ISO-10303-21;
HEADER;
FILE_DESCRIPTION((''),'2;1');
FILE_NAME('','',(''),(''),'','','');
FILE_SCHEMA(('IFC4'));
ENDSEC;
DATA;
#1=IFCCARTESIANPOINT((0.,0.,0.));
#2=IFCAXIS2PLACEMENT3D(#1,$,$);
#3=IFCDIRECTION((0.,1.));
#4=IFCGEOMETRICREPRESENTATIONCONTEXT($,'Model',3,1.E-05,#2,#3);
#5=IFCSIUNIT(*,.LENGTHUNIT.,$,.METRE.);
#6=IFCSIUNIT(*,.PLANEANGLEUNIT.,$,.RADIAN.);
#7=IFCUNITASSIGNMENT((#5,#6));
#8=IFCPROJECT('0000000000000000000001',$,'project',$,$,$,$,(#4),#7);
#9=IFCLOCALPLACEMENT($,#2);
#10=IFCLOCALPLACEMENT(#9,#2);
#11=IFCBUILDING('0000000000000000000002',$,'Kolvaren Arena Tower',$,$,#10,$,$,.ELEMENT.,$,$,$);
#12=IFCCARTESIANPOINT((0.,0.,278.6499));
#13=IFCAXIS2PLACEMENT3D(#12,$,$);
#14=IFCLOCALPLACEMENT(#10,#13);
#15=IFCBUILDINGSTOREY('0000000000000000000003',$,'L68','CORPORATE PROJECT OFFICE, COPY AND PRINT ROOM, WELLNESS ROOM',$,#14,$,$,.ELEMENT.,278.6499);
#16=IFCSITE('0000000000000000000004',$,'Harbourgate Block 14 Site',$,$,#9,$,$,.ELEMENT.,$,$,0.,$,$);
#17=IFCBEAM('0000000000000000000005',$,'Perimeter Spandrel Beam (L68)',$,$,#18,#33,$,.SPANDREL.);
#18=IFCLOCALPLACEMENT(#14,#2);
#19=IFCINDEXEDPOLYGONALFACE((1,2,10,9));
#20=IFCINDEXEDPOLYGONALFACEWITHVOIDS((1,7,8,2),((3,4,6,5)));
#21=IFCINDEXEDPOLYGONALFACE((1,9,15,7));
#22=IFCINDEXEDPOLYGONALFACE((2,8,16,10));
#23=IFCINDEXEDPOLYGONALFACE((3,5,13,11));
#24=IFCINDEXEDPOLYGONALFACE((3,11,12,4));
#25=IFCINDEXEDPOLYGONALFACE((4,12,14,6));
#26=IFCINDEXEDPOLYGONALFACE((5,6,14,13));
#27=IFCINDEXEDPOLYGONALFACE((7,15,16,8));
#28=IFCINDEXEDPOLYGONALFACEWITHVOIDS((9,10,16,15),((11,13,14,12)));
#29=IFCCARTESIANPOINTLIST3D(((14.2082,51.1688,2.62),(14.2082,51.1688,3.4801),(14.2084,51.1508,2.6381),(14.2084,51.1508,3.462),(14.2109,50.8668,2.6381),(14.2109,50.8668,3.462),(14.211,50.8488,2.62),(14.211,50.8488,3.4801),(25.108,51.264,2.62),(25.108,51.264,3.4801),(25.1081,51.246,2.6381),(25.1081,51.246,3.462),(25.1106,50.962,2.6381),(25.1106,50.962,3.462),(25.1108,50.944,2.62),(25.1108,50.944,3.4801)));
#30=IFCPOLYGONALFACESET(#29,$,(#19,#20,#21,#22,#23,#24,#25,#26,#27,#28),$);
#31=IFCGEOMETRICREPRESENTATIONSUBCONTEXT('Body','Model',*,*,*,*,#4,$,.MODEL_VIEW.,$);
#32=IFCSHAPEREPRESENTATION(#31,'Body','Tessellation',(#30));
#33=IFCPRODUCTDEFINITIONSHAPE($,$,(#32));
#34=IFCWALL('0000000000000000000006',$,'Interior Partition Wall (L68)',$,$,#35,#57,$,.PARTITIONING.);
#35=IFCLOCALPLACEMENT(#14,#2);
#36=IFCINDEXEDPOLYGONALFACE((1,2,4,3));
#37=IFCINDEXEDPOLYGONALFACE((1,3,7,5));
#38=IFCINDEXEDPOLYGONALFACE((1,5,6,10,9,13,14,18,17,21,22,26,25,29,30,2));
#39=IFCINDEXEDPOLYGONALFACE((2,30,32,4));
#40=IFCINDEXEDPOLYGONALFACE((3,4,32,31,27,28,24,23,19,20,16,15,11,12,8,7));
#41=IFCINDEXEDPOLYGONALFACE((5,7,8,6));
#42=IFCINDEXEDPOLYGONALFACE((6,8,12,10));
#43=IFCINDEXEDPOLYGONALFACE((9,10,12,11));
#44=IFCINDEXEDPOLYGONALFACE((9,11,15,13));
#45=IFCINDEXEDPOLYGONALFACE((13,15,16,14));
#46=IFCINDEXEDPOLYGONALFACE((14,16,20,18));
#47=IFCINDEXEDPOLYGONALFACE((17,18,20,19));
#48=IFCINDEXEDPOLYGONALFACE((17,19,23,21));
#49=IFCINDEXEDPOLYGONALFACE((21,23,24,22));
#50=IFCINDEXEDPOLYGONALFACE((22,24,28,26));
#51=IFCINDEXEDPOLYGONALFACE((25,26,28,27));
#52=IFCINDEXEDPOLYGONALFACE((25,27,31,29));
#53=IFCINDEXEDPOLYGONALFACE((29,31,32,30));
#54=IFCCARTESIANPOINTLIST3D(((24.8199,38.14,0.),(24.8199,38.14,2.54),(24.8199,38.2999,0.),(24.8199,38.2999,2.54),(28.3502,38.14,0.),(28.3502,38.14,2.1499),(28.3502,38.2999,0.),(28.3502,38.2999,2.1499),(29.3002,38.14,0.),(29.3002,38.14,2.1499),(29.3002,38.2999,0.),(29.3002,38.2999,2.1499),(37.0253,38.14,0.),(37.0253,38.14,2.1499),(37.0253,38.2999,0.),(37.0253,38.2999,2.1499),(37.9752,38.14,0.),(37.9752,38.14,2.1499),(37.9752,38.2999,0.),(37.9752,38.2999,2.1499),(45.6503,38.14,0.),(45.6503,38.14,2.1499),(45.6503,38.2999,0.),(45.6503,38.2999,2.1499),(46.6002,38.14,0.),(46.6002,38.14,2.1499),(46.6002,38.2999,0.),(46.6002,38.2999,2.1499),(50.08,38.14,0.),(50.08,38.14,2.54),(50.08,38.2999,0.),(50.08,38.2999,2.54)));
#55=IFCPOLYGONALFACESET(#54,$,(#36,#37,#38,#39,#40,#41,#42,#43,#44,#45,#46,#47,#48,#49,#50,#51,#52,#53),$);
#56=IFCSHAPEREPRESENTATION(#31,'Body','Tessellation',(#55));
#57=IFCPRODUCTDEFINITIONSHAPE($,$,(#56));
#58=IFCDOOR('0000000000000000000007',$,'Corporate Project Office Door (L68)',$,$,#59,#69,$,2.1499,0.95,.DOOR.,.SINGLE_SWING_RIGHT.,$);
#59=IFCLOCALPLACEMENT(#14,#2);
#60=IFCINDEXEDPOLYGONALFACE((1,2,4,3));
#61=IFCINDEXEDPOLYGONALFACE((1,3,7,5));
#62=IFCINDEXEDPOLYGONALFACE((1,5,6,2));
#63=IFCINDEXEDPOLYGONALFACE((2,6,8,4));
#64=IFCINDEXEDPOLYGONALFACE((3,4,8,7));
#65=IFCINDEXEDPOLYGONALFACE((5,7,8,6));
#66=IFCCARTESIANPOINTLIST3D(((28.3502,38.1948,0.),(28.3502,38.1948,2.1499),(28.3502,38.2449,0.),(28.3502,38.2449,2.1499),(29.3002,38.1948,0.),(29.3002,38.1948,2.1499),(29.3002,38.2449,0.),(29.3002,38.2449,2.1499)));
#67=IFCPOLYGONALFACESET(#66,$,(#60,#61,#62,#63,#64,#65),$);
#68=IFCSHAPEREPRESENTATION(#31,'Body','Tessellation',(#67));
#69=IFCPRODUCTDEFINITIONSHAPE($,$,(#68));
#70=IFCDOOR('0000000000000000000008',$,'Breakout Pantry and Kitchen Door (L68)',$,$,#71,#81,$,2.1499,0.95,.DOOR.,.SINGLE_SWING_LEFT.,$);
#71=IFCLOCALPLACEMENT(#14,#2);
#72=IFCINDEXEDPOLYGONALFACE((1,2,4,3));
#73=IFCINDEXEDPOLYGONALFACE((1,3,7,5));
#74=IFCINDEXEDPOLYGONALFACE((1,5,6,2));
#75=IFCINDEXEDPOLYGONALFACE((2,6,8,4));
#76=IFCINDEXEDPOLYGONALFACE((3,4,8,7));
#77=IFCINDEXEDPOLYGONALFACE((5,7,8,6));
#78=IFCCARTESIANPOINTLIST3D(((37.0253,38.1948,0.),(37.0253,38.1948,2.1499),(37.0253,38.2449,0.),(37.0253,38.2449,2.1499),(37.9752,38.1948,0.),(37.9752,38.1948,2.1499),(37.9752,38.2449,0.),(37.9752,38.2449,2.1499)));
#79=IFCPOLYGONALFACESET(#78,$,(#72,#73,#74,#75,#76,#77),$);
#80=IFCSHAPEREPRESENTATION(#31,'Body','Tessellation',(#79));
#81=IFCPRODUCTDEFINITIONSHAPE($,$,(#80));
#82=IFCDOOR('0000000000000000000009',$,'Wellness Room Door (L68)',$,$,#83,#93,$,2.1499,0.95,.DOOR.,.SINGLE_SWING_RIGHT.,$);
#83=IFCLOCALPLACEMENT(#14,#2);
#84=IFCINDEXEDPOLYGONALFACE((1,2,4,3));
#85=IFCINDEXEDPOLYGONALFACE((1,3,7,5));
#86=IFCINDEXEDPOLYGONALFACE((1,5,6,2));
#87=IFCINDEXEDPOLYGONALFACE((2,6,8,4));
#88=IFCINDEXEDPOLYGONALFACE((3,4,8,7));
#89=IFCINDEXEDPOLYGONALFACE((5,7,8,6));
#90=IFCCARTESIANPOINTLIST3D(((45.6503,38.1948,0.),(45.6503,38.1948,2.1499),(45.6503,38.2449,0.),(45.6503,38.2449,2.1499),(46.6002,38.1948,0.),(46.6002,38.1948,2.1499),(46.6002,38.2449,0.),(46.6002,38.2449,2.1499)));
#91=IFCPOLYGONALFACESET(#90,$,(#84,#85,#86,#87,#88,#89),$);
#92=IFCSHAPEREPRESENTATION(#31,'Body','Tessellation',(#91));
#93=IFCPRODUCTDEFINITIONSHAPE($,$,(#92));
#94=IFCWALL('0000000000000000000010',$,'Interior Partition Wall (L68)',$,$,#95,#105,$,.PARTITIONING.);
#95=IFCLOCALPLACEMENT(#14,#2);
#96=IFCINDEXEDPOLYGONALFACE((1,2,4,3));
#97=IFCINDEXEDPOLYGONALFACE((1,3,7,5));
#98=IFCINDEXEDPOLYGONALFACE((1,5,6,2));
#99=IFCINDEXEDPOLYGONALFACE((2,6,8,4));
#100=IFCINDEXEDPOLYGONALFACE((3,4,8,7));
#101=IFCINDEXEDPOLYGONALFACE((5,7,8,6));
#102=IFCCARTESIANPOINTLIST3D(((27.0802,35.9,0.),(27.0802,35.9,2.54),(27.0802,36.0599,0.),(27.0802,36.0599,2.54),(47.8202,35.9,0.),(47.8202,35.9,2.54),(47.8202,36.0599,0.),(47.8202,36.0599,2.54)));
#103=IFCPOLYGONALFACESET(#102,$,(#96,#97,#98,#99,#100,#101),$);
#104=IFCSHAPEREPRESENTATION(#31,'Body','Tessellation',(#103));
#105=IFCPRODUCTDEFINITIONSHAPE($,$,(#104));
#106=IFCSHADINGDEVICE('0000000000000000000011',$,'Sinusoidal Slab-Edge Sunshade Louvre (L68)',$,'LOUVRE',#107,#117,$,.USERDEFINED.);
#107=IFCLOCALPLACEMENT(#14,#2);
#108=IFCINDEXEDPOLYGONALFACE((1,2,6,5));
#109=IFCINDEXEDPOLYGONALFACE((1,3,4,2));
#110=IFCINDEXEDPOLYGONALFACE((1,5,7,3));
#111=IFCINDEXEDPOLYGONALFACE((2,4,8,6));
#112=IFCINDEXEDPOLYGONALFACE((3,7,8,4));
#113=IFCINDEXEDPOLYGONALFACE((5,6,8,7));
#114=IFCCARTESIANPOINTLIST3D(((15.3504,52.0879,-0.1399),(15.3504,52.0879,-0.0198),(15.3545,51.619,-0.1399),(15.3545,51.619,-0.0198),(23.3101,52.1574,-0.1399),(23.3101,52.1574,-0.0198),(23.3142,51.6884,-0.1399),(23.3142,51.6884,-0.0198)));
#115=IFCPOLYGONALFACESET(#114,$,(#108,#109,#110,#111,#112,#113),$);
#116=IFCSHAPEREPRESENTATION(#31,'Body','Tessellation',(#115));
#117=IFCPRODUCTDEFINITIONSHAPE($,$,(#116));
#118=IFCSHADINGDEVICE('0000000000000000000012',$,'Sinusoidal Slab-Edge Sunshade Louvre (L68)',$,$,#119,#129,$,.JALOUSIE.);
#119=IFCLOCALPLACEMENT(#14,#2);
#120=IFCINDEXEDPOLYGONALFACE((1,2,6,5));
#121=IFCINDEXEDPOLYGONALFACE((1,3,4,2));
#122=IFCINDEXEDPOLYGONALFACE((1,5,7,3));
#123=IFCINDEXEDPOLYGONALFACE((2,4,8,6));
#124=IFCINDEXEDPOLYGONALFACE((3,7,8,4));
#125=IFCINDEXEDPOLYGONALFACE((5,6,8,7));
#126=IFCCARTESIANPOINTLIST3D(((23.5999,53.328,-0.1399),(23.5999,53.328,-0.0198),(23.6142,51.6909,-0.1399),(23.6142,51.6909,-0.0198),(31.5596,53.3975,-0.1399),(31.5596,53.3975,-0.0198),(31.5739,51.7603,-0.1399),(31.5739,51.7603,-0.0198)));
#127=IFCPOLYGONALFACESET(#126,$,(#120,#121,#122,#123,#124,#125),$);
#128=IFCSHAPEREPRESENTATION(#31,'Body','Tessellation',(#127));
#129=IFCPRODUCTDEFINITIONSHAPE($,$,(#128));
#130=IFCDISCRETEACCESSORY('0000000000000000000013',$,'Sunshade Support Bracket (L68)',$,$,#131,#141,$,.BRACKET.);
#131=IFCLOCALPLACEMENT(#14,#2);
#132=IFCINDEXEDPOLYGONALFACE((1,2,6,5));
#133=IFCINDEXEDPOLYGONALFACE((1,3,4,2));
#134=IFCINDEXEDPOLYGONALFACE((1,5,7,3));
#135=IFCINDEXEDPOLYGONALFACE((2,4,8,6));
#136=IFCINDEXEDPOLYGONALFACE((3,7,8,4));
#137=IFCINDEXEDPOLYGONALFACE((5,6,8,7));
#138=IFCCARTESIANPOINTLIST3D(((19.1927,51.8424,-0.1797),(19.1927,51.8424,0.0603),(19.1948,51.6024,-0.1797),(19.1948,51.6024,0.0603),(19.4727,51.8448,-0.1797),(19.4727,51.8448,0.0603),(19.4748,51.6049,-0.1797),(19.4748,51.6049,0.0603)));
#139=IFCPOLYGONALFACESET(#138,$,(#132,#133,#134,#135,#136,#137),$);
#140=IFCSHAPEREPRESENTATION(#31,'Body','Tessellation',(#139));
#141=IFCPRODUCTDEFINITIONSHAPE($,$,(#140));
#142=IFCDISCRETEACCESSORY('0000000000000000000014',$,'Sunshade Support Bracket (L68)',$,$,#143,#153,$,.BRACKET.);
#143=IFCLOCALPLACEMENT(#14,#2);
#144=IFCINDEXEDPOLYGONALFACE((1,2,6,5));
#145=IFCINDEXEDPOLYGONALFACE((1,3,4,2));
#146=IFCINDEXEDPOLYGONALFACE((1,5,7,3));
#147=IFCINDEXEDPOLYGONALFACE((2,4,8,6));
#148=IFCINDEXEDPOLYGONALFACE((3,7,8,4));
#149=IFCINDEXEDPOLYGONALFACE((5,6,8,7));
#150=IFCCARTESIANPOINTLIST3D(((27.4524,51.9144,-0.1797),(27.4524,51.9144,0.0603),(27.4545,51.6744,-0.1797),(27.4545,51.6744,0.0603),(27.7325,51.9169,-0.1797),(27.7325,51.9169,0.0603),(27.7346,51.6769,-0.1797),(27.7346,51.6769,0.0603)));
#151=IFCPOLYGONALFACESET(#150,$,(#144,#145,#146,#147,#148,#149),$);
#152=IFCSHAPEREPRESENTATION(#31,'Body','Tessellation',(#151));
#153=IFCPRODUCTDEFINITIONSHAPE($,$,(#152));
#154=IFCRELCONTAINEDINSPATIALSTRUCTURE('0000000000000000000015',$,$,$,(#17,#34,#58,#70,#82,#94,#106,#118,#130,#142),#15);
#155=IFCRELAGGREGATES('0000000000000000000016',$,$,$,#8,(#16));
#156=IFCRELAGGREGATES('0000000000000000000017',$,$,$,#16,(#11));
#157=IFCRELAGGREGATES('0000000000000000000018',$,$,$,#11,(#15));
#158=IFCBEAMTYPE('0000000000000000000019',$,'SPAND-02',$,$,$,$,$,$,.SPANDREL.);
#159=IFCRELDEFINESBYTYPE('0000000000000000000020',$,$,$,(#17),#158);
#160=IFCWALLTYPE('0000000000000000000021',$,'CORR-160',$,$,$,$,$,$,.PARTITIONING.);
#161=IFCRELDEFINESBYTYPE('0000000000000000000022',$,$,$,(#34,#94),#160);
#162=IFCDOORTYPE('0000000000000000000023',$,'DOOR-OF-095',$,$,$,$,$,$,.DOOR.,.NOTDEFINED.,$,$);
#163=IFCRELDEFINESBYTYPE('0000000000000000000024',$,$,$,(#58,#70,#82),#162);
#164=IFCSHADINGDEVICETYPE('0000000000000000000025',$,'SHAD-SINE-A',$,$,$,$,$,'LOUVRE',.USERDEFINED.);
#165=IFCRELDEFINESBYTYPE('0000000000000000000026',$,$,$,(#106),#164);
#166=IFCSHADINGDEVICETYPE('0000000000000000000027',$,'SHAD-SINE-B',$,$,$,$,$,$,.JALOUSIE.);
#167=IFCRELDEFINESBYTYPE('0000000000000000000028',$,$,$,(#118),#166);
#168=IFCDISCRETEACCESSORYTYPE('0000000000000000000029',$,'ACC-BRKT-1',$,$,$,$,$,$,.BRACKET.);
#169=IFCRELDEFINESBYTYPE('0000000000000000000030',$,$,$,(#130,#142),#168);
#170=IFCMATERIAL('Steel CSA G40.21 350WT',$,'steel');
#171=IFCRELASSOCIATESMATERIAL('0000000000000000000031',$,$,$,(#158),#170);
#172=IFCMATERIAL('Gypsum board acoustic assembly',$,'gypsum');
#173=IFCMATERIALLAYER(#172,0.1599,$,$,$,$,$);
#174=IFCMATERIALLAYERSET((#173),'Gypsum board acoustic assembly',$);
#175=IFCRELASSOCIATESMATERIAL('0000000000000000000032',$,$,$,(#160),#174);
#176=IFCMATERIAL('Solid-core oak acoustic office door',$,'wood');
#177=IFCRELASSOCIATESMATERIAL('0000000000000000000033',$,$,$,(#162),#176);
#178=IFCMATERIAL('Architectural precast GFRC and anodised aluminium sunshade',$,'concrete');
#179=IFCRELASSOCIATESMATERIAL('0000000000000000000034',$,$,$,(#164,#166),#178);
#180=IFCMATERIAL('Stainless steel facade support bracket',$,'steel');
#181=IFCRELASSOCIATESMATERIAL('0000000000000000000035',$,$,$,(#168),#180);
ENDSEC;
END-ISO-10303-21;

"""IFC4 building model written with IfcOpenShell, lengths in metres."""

from ifc_helpers import new_model, si_unit, direction, frame, frame_2d, origin, origin_2d, place, context, subcontext, project, spatial, rectangle, hollow_rectangle, extrude, material, layer, layer_set, material_profile, profile_set, type_object, element, fill, save


model = new_model("IFC4")

# Units and contexts
model_context = context("Model", 3, precision=1e-05, world=origin(), true_north=direction((0.0, 1.0)))
body_context = subcontext(model_context, "Body", "Model", "MODEL_VIEW")
ifc_project = project(units=[si_unit("LENGTHUNIT", "METRE"), si_unit("PLANEANGLEUNIT", "RADIAN")], contexts=[model_context])

# Site, building, storey
site_placement = place(None, origin())
site = spatial("IfcSite", under=ifc_project, at=site_placement, Name="Harbourgate Block 14 Site", CompositionType="ELEMENT", RefElevation=0.0)
building_placement = place(site_placement, origin())
building = spatial("IfcBuilding", under=site, at=building_placement, Name="Kolvaren Arena Tower", CompositionType="ELEMENT")
storey_placement = place(building_placement, frame((0.0, 0.0, 278.6499)))
storey = spatial("IfcBuildingStorey", under=building, at=storey_placement, Name="L68", Description="CORPORATE PROJECT OFFICE, COPY AND PRINT ROOM, WELLNESS ROOM", CompositionType="ELEMENT", Elevation=278.6499)

# Beam
ifc_material_1 = material(Name="Steel CSA G40.21 350WT", Category="steel")
ifc_material_profile_1 = material_profile(ifc_material_1, hollow_rectangle(XDim=0.3201, YDim=0.8601, WallThickness=0.0181, at=origin_2d()), Name="HSS 860x320x18")
ifc_profile_set_1 = profile_set([ifc_material_profile_1], Name="Steel CSA G40.21 350WT")
beam_type_1 = type_object("IfcBeamType", Name="SPAND-02", PredefinedType="SPANDREL", material=ifc_profile_set_1)
beam_1_placement = place(storey_placement, frame((25.1094, 51.104, 3.05), z_axis=(-0.999962, -0.008735, 0.0), x_axis=(0.008735, -0.999962, 0.0)))
element("IfcBeam", 1, at=beam_1_placement, inside=storey, type_object=beam_type_1, Name="Perimeter Spandrel Beam (L68)", PredefinedType="SPANDREL", context=body_context, shape_type="SweptSolid", body=[
    extrude(hollow_rectangle(XDim=0.3201, YDim=0.8601, WallThickness=0.0181, at=origin_2d()), origin(), (0.0, 0.0, 1.0), 10.9001),
])

# Wall, openings, doors
ifc_material_2 = material(Name="Gypsum board acoustic assembly", Category="gypsum")
ifc_layer = layer(ifc_material_2, 0.1599)
ifc_layer_set = layer_set([ifc_layer], Name="Gypsum board acoustic assembly")
wall_type = type_object("IfcWallType", Name="CORR-160", PredefinedType="PARTITIONING", material=ifc_layer_set)
wall_1_placement = place(storey_placement, frame((24.8201, 38.22, 0.0), z_axis=(0.0, 0.0, 1.0), x_axis=(1.0, 0.0, 0.0)))
wall_1 = element("IfcWall", 2, at=wall_1_placement, inside=storey, type_object=wall_type, Name="Interior Partition Wall (L68)", PredefinedType="PARTITIONING", context=body_context, shape_type="SweptSolid", body=[
    extrude(rectangle(XDim=25.26, YDim=0.1599, at=frame_2d((12.6299, 0.0))), origin(), (0.0, 0.0, 1.0), 2.54),
])
opening_1_placement = place(wall_1_placement, frame((3.53, 0.0, 0.0)))
opening_1 = element("IfcOpeningElement", 3, at=opening_1_placement, cuts=wall_1, PredefinedType="OPENING", context=body_context, shape_type="SweptSolid", body=[
    extrude(rectangle(XDim=0.95, YDim=2.1499, at=frame_2d((0.4751, 1.075))), frame((0.0, 0.0898, 0.0), z_axis=(0.0, -1.0, 0.0), x_axis=(1.0, 0.0, 0.0)), (0.0, 0.0, 1.0), 0.1799),
])
opening_2_placement = place(wall_1_placement, frame((12.2051, 0.0, 0.0)))
opening_2 = element("IfcOpeningElement", 4, at=opening_2_placement, cuts=wall_1, PredefinedType="OPENING", context=body_context, shape_type="SweptSolid", body=[
    extrude(rectangle(XDim=0.95, YDim=2.1499, at=frame_2d((0.4751, 1.075))), frame((0.0, 0.0898, 0.0), z_axis=(0.0, -1.0, 0.0), x_axis=(1.0, 0.0, 0.0)), (0.0, 0.0, 1.0), 0.1799),
])
opening_3_placement = place(wall_1_placement, frame((20.8301, 0.0, 0.0)))
opening_3 = element("IfcOpeningElement", 5, at=opening_3_placement, cuts=wall_1, PredefinedType="OPENING", context=body_context, shape_type="SweptSolid", body=[
    extrude(rectangle(XDim=0.95, YDim=2.1499, at=frame_2d((0.4751, 1.075))), frame((0.0, 0.0898, 0.0), z_axis=(0.0, -1.0, 0.0), x_axis=(1.0, 0.0, 0.0)), (0.0, 0.0, 1.0), 0.1799),
])
ifc_material_3 = material(Name="Solid-core oak acoustic office door", Category="wood")
door_type = type_object("IfcDoorType", Name="DOOR-OF-095", OperationType="NOTDEFINED", PredefinedType="DOOR", material=ifc_material_3)
door_1_placement = place(opening_1_placement, origin())
door_1 = element("IfcDoor", 6, at=door_1_placement, inside=storey, type_object=door_type, Name="Corporate Project Office Door (L68)", OperationType="SINGLE_SWING_RIGHT", OverallHeight=2.1499, OverallWidth=0.95, PredefinedType="DOOR", context=body_context, shape_type="SweptSolid", body=[
    extrude(rectangle(XDim=0.95, YDim=2.1499, at=frame_2d((0.4751, 1.075))), frame((0.0, 0.0249, 0.0), z_axis=(0.0, -1.0, 0.0), x_axis=(1.0, 0.0, 0.0)), (0.0, 0.0, 1.0), 0.05),
])
fill(opening_1, door_1)
door_2_placement = place(opening_2_placement, origin())
door_2 = element("IfcDoor", 7, at=door_2_placement, inside=storey, type_object=door_type, Name="Breakout Pantry and Kitchen Door (L68)", OperationType="SINGLE_SWING_LEFT", OverallHeight=2.1499, OverallWidth=0.95, PredefinedType="DOOR", context=body_context, shape_type="SweptSolid", body=[
    extrude(rectangle(XDim=0.95, YDim=2.1499, at=frame_2d((0.4751, 1.075))), frame((0.0, 0.0249, 0.0), z_axis=(0.0, -1.0, 0.0), x_axis=(1.0, 0.0, 0.0)), (0.0, 0.0, 1.0), 0.05),
])
fill(opening_2, door_2)
door_3_placement = place(opening_3_placement, origin())
door_3 = element("IfcDoor", 8, at=door_3_placement, inside=storey, type_object=door_type, Name="Wellness Room Door (L68)", OperationType="SINGLE_SWING_RIGHT", OverallHeight=2.1499, OverallWidth=0.95, PredefinedType="DOOR", context=body_context, shape_type="SweptSolid", body=[
    extrude(rectangle(XDim=0.95, YDim=2.1499, at=frame_2d((0.4751, 1.075))), frame((0.0, 0.0249, 0.0), z_axis=(0.0, -1.0, 0.0), x_axis=(1.0, 0.0, 0.0)), (0.0, 0.0, 1.0), 0.05),
])
fill(opening_3, door_3)

# Wall
wall_2_placement = place(storey_placement, frame((27.0801, 35.98, 0.0), z_axis=(0.0, 0.0, 1.0), x_axis=(1.0, 0.0, 0.0)))
element("IfcWall", 9, at=wall_2_placement, inside=storey, type_object=wall_type, Name="Interior Partition Wall (L68)", PredefinedType="PARTITIONING", context=body_context, shape_type="SweptSolid", body=[
    extrude(rectangle(XDim=20.74, YDim=0.1599, at=frame_2d((10.3701, 0.0))), origin(), (0.0, 0.0, 1.0), 2.54),
])

# Shading devices
ifc_material_4 = material(Name="Architectural precast GFRC and anodised aluminium sunshade", Category="concrete")
shading_device_type_1 = type_object("IfcShadingDeviceType", Name="SHAD-SINE-A", ElementType="LOUVRE", PredefinedType="USERDEFINED", material=ifc_material_4)
shading_device_1_placement = place(storey_placement, frame((19.3323, 51.8882, -0.1399), z_axis=(0.0, 0.0, 1.0), x_axis=(0.999962, 0.008727, 0.0)))
element("IfcShadingDevice", 10, at=shading_device_1_placement, inside=storey, type_object=shading_device_type_1, Name="Sinusoidal Slab-Edge Sunshade Louvre (L68)", ObjectType="LOUVRE", PredefinedType="USERDEFINED", context=body_context, shape_type="SweptSolid", body=[
    extrude(rectangle(XDim=7.96, YDim=0.469, at=origin_2d()), origin(), (0.0, 0.0, 1.0), 0.1201),
])
shading_device_type_2 = type_object("IfcShadingDeviceType", Name="SHAD-SINE-B", PredefinedType="JALOUSIE", material=ifc_material_4)
shading_device_2_placement = place(storey_placement, frame((27.5869, 52.5442, -0.1399), z_axis=(0.0, 0.0, 1.0), x_axis=(0.999962, 0.008727, 0.0)))
element("IfcShadingDevice", 11, at=shading_device_2_placement, inside=storey, type_object=shading_device_type_2, Name="Sinusoidal Slab-Edge Sunshade Louvre (L68)", PredefinedType="JALOUSIE", context=body_context, shape_type="SweptSolid", body=[
    extrude(rectangle(XDim=7.96, YDim=1.6372, at=origin_2d()), origin(), (0.0, 0.0, 1.0), 0.1201),
])

# Discrete accessories
ifc_material_5 = material(Name="Stainless steel facade support bracket", Category="steel")
discrete_accessory_type = type_object("IfcDiscreteAccessoryType", Name="ACC-BRKT-1", PredefinedType="BRACKET", material=ifc_material_5)
for number, where, z_axis, x_axis, name in (
    (12, (19.3337, 51.7236, -0.1797), (0.0, 0.0, 1.0), (0.999962, 0.008727, 0.0), "Sunshade Support Bracket (L68)"),
    (13, (27.5935, 51.7957, -0.1797), (0.0, 0.0, 1.0), (0.999962, 0.008727, 0.0), "Sunshade Support Bracket (L68)"),
):
    element("IfcDiscreteAccessory", number, at=place(storey_placement, frame(where, z_axis=z_axis, x_axis=x_axis)), inside=storey, type_object=discrete_accessory_type, Name=name, PredefinedType="BRACKET", context=body_context, shape_type="SweptSolid", body=[
        extrude(rectangle(XDim=0.28, YDim=0.24, at=origin_2d()), origin(), (0.0, 0.0, 1.0), 0.24),
    ])

save(model, "model.ifc")
